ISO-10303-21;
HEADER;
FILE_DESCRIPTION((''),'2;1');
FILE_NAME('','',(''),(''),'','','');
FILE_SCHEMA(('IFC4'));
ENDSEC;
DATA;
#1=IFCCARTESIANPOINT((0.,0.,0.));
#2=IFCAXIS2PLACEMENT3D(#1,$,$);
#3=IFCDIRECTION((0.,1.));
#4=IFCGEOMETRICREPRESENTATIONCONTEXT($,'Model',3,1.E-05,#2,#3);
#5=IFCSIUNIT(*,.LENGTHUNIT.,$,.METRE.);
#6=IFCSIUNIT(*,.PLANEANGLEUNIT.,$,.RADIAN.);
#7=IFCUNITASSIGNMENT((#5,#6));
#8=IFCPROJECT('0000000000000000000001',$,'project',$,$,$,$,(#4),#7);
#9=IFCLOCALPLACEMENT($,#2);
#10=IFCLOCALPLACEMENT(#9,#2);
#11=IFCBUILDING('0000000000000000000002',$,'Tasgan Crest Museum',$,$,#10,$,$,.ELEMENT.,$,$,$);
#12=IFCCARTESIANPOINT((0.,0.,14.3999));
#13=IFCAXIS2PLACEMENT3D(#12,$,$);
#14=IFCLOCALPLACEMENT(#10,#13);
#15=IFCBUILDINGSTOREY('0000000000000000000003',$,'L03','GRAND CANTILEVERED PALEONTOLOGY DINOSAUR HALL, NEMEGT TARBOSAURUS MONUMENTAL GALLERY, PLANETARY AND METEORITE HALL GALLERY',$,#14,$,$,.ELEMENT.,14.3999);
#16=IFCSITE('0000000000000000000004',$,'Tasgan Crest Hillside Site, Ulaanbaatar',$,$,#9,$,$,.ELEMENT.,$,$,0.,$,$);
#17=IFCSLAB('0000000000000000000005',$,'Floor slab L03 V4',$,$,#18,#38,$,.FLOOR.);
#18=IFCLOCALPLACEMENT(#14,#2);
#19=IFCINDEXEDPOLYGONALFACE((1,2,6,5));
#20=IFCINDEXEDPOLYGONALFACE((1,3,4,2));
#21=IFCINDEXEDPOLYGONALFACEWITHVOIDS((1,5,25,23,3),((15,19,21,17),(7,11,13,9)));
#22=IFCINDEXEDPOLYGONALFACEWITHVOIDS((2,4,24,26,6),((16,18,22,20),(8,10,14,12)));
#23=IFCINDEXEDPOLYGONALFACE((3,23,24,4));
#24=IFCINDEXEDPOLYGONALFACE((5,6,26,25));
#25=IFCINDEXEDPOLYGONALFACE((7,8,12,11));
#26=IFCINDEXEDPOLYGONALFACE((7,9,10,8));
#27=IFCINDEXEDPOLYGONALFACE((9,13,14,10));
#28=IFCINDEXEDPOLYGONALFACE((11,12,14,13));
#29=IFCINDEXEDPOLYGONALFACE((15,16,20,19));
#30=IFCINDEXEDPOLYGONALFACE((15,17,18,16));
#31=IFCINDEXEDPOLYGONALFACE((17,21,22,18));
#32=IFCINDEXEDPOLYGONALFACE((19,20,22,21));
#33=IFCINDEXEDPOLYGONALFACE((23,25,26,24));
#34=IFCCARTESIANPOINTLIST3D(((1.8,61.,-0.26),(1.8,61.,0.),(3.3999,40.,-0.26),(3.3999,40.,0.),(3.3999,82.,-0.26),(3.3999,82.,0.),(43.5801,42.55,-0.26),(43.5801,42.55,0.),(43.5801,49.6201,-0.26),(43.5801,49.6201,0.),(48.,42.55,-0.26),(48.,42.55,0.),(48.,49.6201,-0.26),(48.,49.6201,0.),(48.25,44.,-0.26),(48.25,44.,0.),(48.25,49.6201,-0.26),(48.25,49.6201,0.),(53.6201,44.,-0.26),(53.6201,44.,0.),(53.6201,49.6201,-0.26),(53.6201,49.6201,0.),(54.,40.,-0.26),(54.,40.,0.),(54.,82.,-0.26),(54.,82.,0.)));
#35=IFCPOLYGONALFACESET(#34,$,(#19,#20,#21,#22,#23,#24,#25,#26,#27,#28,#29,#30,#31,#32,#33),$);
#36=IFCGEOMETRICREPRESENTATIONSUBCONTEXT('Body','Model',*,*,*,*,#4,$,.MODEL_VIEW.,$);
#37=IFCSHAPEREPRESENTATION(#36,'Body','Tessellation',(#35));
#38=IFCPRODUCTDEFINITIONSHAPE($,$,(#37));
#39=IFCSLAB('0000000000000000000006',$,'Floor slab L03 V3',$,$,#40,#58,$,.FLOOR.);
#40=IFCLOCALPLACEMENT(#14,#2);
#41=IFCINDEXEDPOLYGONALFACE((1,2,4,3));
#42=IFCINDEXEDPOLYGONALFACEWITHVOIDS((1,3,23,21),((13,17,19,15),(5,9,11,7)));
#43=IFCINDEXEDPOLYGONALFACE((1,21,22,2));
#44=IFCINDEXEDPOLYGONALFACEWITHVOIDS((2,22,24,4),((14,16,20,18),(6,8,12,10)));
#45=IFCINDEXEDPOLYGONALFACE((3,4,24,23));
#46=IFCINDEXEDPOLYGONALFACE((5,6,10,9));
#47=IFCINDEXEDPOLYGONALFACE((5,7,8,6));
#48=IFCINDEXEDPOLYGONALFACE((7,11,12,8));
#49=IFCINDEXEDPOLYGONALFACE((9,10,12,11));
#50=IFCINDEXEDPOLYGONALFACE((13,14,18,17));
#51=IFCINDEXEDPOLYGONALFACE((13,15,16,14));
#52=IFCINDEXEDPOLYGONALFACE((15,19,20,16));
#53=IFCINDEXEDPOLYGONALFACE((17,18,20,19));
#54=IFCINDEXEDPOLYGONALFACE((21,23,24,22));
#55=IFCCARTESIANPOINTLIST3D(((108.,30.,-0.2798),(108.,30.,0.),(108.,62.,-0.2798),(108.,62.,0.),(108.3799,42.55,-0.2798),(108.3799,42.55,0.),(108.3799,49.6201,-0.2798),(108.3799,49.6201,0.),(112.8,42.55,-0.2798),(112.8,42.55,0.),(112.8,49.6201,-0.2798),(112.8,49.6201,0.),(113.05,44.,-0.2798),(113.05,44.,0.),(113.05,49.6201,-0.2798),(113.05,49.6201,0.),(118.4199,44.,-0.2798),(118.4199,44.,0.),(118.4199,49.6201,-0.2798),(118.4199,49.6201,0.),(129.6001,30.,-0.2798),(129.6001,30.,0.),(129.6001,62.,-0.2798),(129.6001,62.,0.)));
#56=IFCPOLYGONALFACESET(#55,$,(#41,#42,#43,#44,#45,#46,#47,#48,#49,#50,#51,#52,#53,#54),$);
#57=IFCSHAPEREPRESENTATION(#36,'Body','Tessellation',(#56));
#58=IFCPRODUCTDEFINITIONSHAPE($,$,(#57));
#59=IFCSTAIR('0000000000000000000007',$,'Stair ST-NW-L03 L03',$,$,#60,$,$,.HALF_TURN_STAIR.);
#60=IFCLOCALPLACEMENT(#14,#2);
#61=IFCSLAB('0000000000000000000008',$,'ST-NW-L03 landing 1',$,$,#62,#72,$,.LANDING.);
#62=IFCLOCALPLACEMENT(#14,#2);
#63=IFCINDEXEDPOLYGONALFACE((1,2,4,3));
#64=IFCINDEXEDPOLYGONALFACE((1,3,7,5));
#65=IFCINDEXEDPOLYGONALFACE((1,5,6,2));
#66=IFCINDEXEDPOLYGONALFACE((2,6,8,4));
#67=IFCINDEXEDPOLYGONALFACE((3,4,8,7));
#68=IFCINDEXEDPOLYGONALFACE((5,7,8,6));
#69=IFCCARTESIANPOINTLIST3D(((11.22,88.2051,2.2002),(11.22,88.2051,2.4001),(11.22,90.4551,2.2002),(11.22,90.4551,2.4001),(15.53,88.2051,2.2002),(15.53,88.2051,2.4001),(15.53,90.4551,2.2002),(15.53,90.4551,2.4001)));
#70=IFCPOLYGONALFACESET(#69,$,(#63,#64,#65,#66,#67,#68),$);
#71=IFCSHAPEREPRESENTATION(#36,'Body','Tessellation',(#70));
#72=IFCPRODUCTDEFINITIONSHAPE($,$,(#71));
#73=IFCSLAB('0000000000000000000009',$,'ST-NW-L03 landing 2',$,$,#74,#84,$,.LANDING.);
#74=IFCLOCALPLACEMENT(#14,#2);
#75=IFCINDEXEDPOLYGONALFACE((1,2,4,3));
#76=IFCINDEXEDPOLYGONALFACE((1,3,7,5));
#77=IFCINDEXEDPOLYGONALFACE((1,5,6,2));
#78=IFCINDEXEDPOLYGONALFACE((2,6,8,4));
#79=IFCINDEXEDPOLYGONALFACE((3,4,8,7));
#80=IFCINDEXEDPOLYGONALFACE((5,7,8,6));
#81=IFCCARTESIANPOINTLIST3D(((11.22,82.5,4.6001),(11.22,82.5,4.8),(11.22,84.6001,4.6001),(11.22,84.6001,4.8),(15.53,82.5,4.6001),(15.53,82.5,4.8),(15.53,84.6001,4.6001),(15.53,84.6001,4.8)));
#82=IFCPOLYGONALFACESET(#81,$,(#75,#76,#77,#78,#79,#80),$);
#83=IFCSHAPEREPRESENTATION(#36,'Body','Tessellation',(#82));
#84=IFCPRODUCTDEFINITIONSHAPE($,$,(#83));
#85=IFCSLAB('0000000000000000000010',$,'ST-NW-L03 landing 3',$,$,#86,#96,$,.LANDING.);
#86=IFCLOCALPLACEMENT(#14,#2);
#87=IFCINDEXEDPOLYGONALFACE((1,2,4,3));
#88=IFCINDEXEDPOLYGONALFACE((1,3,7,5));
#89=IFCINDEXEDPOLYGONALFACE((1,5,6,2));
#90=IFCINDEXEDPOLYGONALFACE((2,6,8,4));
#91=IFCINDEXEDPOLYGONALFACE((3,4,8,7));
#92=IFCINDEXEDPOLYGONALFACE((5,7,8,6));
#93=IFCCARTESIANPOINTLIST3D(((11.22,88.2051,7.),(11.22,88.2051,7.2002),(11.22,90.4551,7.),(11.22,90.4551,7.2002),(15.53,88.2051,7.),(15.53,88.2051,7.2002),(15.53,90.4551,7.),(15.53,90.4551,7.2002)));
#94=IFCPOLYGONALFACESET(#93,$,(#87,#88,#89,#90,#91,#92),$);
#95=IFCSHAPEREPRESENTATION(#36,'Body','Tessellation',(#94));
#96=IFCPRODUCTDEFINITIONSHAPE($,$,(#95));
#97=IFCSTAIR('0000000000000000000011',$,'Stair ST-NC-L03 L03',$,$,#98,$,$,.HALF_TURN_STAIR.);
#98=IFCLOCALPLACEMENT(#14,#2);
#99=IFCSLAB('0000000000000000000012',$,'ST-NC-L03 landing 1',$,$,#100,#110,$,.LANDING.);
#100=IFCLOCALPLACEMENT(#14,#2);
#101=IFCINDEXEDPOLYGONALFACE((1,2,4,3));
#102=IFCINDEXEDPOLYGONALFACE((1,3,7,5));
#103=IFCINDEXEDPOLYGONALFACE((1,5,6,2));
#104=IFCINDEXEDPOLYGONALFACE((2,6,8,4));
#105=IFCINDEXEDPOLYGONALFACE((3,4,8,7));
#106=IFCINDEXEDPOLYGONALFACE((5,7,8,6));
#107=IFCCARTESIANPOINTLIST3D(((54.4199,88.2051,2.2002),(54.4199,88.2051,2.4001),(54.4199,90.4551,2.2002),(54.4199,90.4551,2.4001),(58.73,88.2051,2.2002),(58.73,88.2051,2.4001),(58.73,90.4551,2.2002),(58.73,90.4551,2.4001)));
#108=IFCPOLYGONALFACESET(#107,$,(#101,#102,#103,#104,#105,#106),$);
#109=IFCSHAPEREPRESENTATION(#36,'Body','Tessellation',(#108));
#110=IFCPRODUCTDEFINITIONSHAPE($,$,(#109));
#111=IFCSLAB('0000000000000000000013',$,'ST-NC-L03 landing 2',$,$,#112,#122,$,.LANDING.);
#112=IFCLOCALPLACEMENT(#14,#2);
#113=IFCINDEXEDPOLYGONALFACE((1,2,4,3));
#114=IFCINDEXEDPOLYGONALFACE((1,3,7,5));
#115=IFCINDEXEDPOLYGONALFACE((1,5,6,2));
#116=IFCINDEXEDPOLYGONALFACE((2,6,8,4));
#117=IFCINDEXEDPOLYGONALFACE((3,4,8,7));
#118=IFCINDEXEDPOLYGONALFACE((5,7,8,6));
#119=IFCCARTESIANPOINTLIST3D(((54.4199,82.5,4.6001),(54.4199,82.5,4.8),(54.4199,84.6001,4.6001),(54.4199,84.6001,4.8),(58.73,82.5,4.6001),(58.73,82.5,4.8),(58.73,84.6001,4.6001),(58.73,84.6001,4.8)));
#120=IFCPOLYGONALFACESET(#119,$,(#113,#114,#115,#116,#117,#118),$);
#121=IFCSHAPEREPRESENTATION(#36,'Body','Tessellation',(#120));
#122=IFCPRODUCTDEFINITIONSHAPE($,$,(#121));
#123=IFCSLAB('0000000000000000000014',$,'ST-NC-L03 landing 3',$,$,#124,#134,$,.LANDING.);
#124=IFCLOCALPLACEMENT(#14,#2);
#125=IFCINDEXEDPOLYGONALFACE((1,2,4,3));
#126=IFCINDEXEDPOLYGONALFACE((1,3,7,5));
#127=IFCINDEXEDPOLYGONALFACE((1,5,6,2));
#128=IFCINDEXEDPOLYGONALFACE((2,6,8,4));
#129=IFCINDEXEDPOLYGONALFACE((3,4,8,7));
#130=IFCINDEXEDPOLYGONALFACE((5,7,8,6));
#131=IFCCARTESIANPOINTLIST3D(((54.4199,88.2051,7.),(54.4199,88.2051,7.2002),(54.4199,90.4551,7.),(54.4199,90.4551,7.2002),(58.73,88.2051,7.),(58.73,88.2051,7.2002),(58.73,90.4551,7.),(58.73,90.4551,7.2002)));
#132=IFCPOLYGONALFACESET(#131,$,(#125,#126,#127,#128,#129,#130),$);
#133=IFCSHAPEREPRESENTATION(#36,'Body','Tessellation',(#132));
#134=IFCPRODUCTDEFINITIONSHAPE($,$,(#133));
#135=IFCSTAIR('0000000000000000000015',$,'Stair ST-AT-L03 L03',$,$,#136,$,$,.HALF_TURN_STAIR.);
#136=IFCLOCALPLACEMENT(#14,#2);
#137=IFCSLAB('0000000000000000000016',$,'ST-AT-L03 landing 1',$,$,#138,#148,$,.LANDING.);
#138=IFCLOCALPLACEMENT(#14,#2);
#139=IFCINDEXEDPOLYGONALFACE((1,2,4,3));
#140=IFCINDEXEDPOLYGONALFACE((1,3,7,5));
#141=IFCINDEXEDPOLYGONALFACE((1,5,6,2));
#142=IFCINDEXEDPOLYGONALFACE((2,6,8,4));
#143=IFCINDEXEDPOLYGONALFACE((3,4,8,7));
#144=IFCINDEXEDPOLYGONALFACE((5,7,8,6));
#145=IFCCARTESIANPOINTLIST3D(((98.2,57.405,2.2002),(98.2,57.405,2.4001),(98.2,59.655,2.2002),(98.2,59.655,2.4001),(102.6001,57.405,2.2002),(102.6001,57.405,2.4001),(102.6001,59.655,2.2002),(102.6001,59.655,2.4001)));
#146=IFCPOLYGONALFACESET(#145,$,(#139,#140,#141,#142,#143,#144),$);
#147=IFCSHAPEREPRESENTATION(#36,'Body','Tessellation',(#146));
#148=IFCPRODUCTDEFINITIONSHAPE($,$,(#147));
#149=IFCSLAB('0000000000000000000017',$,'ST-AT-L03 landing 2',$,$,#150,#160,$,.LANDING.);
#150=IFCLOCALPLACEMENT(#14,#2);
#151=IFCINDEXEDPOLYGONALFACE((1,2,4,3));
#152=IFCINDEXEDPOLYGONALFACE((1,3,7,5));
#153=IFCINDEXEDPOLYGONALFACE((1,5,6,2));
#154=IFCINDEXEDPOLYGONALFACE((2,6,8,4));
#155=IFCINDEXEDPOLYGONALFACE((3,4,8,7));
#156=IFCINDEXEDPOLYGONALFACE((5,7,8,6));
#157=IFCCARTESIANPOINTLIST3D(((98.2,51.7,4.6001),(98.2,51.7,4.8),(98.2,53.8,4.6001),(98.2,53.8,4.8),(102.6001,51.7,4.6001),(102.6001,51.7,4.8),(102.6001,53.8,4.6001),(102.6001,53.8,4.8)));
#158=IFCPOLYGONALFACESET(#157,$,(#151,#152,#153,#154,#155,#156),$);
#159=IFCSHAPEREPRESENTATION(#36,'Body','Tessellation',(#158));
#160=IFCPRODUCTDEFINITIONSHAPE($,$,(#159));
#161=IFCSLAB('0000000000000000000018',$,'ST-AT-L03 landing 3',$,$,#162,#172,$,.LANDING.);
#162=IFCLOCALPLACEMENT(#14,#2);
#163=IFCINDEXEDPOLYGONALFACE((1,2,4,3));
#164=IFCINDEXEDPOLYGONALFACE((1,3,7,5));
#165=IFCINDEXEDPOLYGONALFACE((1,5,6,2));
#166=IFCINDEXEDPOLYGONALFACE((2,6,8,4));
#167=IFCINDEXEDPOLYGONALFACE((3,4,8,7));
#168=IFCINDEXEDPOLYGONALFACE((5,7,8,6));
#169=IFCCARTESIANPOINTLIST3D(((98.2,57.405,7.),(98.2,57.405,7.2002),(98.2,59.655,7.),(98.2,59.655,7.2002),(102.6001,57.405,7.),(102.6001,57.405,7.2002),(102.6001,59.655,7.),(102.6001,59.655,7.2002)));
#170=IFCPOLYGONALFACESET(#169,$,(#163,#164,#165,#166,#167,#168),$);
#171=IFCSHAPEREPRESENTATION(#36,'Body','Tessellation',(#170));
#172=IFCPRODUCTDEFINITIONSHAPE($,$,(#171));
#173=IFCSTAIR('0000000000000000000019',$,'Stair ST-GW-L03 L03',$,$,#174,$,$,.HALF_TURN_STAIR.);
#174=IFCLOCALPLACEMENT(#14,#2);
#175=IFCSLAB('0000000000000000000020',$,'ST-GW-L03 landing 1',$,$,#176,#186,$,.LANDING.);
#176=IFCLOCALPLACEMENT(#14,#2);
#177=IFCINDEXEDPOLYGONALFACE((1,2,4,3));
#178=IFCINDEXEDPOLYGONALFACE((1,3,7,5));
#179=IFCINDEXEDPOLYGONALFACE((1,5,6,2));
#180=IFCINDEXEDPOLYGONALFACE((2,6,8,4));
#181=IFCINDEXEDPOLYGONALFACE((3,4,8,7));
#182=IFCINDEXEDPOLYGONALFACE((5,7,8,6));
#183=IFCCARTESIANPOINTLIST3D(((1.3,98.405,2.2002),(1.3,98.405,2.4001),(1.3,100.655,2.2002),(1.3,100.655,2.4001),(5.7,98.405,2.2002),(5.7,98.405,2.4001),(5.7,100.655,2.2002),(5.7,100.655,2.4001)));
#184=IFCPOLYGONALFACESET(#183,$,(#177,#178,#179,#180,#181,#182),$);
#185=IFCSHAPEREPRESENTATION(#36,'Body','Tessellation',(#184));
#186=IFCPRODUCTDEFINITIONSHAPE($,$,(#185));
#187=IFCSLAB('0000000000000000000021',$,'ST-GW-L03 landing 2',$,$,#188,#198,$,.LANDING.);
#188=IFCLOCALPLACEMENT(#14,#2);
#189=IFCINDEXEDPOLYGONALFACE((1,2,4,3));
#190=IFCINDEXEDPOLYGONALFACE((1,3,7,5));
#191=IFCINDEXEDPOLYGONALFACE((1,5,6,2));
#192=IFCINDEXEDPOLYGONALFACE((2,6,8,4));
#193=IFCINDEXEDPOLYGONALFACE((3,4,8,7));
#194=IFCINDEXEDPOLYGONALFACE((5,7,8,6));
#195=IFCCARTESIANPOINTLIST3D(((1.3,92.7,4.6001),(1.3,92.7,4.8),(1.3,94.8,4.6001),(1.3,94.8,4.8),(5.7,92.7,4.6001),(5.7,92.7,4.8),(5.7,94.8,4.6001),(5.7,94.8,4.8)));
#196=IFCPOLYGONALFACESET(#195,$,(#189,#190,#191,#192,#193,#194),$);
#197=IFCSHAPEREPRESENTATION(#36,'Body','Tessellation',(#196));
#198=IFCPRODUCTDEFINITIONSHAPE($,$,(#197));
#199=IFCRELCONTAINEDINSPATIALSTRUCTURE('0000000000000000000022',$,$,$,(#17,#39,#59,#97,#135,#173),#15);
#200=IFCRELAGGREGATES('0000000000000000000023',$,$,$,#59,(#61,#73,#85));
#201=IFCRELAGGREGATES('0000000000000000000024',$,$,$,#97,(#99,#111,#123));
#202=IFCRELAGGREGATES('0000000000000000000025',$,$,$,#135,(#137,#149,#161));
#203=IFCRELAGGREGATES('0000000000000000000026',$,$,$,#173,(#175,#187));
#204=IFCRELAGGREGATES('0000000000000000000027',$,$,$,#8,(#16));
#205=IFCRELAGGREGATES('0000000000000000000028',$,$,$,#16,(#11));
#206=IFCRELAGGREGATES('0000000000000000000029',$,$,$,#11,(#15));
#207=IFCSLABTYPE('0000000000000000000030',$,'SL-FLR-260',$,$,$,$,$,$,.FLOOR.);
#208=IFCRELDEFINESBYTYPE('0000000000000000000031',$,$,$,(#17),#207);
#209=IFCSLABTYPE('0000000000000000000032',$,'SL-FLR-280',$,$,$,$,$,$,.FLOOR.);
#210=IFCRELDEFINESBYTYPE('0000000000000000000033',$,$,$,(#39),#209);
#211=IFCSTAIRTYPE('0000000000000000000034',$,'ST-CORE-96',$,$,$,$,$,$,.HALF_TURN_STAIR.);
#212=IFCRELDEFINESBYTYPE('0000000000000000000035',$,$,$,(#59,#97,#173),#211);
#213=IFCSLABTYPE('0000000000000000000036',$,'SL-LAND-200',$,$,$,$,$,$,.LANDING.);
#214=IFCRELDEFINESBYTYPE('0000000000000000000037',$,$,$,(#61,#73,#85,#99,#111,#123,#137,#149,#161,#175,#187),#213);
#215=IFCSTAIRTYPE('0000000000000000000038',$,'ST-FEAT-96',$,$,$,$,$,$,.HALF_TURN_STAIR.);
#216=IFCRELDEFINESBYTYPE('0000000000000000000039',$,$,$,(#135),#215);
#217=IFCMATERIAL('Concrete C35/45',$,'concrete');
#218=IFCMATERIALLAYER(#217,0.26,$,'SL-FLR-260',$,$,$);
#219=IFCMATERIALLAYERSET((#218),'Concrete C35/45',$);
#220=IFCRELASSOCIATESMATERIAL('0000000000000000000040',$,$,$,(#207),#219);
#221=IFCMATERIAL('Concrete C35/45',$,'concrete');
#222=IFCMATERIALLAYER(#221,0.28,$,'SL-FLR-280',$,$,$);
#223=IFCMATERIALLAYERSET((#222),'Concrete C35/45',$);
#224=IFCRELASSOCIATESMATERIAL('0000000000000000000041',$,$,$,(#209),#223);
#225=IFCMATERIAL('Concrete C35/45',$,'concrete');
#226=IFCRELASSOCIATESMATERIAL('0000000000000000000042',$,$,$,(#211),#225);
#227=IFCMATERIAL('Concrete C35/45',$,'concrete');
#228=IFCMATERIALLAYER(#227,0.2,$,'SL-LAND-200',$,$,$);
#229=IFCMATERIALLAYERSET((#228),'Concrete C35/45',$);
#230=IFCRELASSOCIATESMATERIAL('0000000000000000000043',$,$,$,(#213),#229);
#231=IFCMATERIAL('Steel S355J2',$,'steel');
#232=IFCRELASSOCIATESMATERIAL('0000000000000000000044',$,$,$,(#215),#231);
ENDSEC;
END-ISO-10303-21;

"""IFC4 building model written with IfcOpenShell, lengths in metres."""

from ifc_helpers import new_model, si_unit, direction, frame, origin, place, context, subcontext, project, spatial, polyline, outline, extrude, material, layer, layer_set, type_object, element, aggregate, save


model = new_model("IFC4")

# Units and contexts
model_context = context("Model", 3, precision=1e-05, world=origin(), true_north=direction((0.0, 1.0)))
body_context = subcontext(model_context, "Body", "Model", "MODEL_VIEW")
ifc_project = project(units=[si_unit("LENGTHUNIT", "METRE"), si_unit("PLANEANGLEUNIT", "RADIAN")], contexts=[model_context])

# Site, building, storey
site_placement = place(None, origin())
site = spatial("IfcSite", under=ifc_project, at=site_placement, Name="Tasgan Crest Hillside Site, Ulaanbaatar", CompositionType="ELEMENT", RefElevation=0.0)
building_placement = place(site_placement, origin())
building = spatial("IfcBuilding", under=site, at=building_placement, Name="Tasgan Crest Museum", CompositionType="ELEMENT")
storey_placement = place(building_placement, frame((0.0, 0.0, 14.3999)))
storey = spatial("IfcBuildingStorey", under=building, at=storey_placement, Name="L03", Description="GRAND CANTILEVERED PALEONTOLOGY DINOSAUR HALL, NEMEGT TARBOSAURUS MONUMENTAL GALLERY, PLANETARY AND METEORITE HALL GALLERY", CompositionType="ELEMENT", Elevation=14.3999)

# Slabs
ifc_material_1 = material(Name="Concrete C35/45", Category="concrete")
ifc_layer_1 = layer(ifc_material_1, 0.26, Name="SL-FLR-260")
ifc_layer_set_1 = layer_set([ifc_layer_1], Name="Concrete C35/45")
slab_type_1 = type_object("IfcSlabType", Name="SL-FLR-260", PredefinedType="FLOOR", material=ifc_layer_set_1)
slab_1_placement = place(storey_placement, frame((0.0, 0.0, -0.26)))
element("IfcSlab", 1, at=slab_1_placement, inside=storey, type_object=slab_type_1, Name="Floor slab L03 V4", PredefinedType="FLOOR", context=body_context, shape_type="SweptSolid", body=[
    extrude(outline(polyline([(3.3999, 40.0), (54.0, 40.0), (54.0, 82.0), (3.3999, 82.0), (1.8, 61.0), (3.3999, 40.0)]), holes=[polyline([(43.5801, 42.55), (48.0, 42.55), (48.0, 49.6201), (43.5801, 49.6201), (43.5801, 42.55)]), polyline([(48.25, 44.0), (53.6201, 44.0), (53.6201, 49.6201), (48.25, 49.6201), (48.25, 44.0)])]), origin(), (0.0, 0.0, 1.0), 0.26),
])
ifc_material_2 = material(Name="Concrete C35/45", Category="concrete")
ifc_layer_2 = layer(ifc_material_2, 0.28, Name="SL-FLR-280")
ifc_layer_set_2 = layer_set([ifc_layer_2], Name="Concrete C35/45")
slab_type_2 = type_object("IfcSlabType", Name="SL-FLR-280", PredefinedType="FLOOR", material=ifc_layer_set_2)
slab_2_placement = place(storey_placement, frame((0.0, 0.0, -0.2798)))
element("IfcSlab", 2, at=slab_2_placement, inside=storey, type_object=slab_type_2, Name="Floor slab L03 V3", PredefinedType="FLOOR", context=body_context, shape_type="SweptSolid", body=[
    extrude(outline(polyline([(108.0, 30.0), (129.6001, 30.0), (129.6001, 62.0), (108.0, 62.0), (108.0, 30.0)]), holes=[polyline([(108.3799, 42.55), (112.8, 42.55), (112.8, 49.6201), (108.3799, 49.6201), (108.3799, 42.55)]), polyline([(113.05, 44.0), (118.4199, 44.0), (118.4199, 49.6201), (113.05, 49.6201), (113.05, 44.0)])]), origin(), (0.0, 0.0, 1.0), 0.2798),
])

# Stairs, slabs
ifc_material_3 = material(Name="Concrete C35/45", Category="concrete")
stair_type_1 = type_object("IfcStairType", Name="ST-CORE-96", PredefinedType="HALF_TURN_STAIR", material=ifc_material_3)
stair_1_placement = place(storey_placement, origin())
stair_1 = element("IfcStair", 3, at=stair_1_placement, inside=storey, type_object=stair_type_1, Name="Stair ST-NW-L03 L03", PredefinedType="HALF_TURN_STAIR")
ifc_material_4 = material(Name="Concrete C35/45", Category="concrete")
ifc_layer_3 = layer(ifc_material_4, 0.2, Name="SL-LAND-200")
ifc_layer_set_3 = layer_set([ifc_layer_3], Name="Concrete C35/45")
slab_type_3 = type_object("IfcSlabType", Name="SL-LAND-200", PredefinedType="LANDING", material=ifc_layer_set_3)
slab_3_placement = place(storey_placement, frame((0.0, 0.0, 2.2002)))
slab_3 = element("IfcSlab", 4, at=slab_3_placement, type_object=slab_type_3, Name="ST-NW-L03 landing 1", PredefinedType="LANDING", context=body_context, shape_type="SweptSolid", body=[
    extrude(outline(polyline([(11.22, 88.2051), (15.53, 88.2051), (15.53, 90.4551), (11.22, 90.4551), (11.22, 88.2051)])), origin(), (0.0, 0.0, 1.0), 0.2),
])
slab_4_placement = place(storey_placement, frame((0.0, 0.0, 4.6001)))
slab_4 = element("IfcSlab", 5, at=slab_4_placement, type_object=slab_type_3, Name="ST-NW-L03 landing 2", PredefinedType="LANDING", context=body_context, shape_type="SweptSolid", body=[
    extrude(outline(polyline([(11.22, 82.5), (15.53, 82.5), (15.53, 84.6001), (11.22, 84.6001), (11.22, 82.5)])), origin(), (0.0, 0.0, 1.0), 0.2),
])
slab_5_placement = place(storey_placement, frame((0.0, 0.0, 7.0)))
slab_5 = element("IfcSlab", 6, at=slab_5_placement, type_object=slab_type_3, Name="ST-NW-L03 landing 3", PredefinedType="LANDING", context=body_context, shape_type="SweptSolid", body=[
    extrude(outline(polyline([(11.22, 88.2051), (15.53, 88.2051), (15.53, 90.4551), (11.22, 90.4551), (11.22, 88.2051)])), origin(), (0.0, 0.0, 1.0), 0.2002),
])
aggregate(stair_1, [slab_3, slab_4, slab_5])
stair_2_placement = place(storey_placement, origin())
stair_2 = element("IfcStair", 7, at=stair_2_placement, inside=storey, type_object=stair_type_1, Name="Stair ST-NC-L03 L03", PredefinedType="HALF_TURN_STAIR")
slab_6_placement = place(storey_placement, frame((0.0, 0.0, 2.2002)))
slab_6 = element("IfcSlab", 8, at=slab_6_placement, type_object=slab_type_3, Name="ST-NC-L03 landing 1", PredefinedType="LANDING", context=body_context, shape_type="SweptSolid", body=[
    extrude(outline(polyline([(54.4199, 88.2051), (58.73, 88.2051), (58.73, 90.4551), (54.4199, 90.4551), (54.4199, 88.2051)])), origin(), (0.0, 0.0, 1.0), 0.2),
])
slab_7_placement = place(storey_placement, frame((0.0, 0.0, 4.6001)))
slab_7 = element("IfcSlab", 9, at=slab_7_placement, type_object=slab_type_3, Name="ST-NC-L03 landing 2", PredefinedType="LANDING", context=body_context, shape_type="SweptSolid", body=[
    extrude(outline(polyline([(54.4199, 82.5), (58.73, 82.5), (58.73, 84.6001), (54.4199, 84.6001), (54.4199, 82.5)])), origin(), (0.0, 0.0, 1.0), 0.2),
])
slab_8_placement = place(storey_placement, frame((0.0, 0.0, 7.0)))
slab_8 = element("IfcSlab", 10, at=slab_8_placement, type_object=slab_type_3, Name="ST-NC-L03 landing 3", PredefinedType="LANDING", context=body_context, shape_type="SweptSolid", body=[
    extrude(outline(polyline([(54.4199, 88.2051), (58.73, 88.2051), (58.73, 90.4551), (54.4199, 90.4551), (54.4199, 88.2051)])), origin(), (0.0, 0.0, 1.0), 0.2002),
])
aggregate(stair_2, [slab_6, slab_7, slab_8])
ifc_material_5 = material(Name="Steel S355J2", Category="steel")
stair_type_2 = type_object("IfcStairType", Name="ST-FEAT-96", PredefinedType="HALF_TURN_STAIR", material=ifc_material_5)
stair_3_placement = place(storey_placement, origin())
stair_3 = element("IfcStair", 11, at=stair_3_placement, inside=storey, type_object=stair_type_2, Name="Stair ST-AT-L03 L03", PredefinedType="HALF_TURN_STAIR")
slab_9_placement = place(storey_placement, frame((0.0, 0.0, 2.2002)))
slab_9 = element("IfcSlab", 12, at=slab_9_placement, type_object=slab_type_3, Name="ST-AT-L03 landing 1", PredefinedType="LANDING", context=body_context, shape_type="SweptSolid", body=[
    extrude(outline(polyline([(98.2, 57.405), (102.6001, 57.405), (102.6001, 59.655), (98.2, 59.655), (98.2, 57.405)])), origin(), (0.0, 0.0, 1.0), 0.2),
])
slab_10_placement = place(storey_placement, frame((0.0, 0.0, 4.6001)))
slab_10 = element("IfcSlab", 13, at=slab_10_placement, type_object=slab_type_3, Name="ST-AT-L03 landing 2", PredefinedType="LANDING", context=body_context, shape_type="SweptSolid", body=[
    extrude(outline(polyline([(98.2, 51.7), (102.6001, 51.7), (102.6001, 53.8), (98.2, 53.8), (98.2, 51.7)])), origin(), (0.0, 0.0, 1.0), 0.2),
])
slab_11_placement = place(storey_placement, frame((0.0, 0.0, 7.0)))
slab_11 = element("IfcSlab", 14, at=slab_11_placement, type_object=slab_type_3, Name="ST-AT-L03 landing 3", PredefinedType="LANDING", context=body_context, shape_type="SweptSolid", body=[
    extrude(outline(polyline([(98.2, 57.405), (102.6001, 57.405), (102.6001, 59.655), (98.2, 59.655), (98.2, 57.405)])), origin(), (0.0, 0.0, 1.0), 0.2002),
])
aggregate(stair_3, [slab_9, slab_10, slab_11])
stair_4_placement = place(storey_placement, origin())
stair_4 = element("IfcStair", 15, at=stair_4_placement, inside=storey, type_object=stair_type_1, Name="Stair ST-GW-L03 L03", PredefinedType="HALF_TURN_STAIR")
slab_12_placement = place(storey_placement, frame((0.0, 0.0, 2.2002)))
slab_12 = element("IfcSlab", 16, at=slab_12_placement, type_object=slab_type_3, Name="ST-GW-L03 landing 1", PredefinedType="LANDING", context=body_context, shape_type="SweptSolid", body=[
    extrude(outline(polyline([(1.3, 98.405), (5.7, 98.405), (5.7, 100.655), (1.3, 100.655), (1.3, 98.405)])), origin(), (0.0, 0.0, 1.0), 0.2),
])
slab_13_placement = place(storey_placement, frame((0.0, 0.0, 4.6001)))
slab_13 = element("IfcSlab", 17, at=slab_13_placement, type_object=slab_type_3, Name="ST-GW-L03 landing 2", PredefinedType="LANDING", context=body_context, shape_type="SweptSolid", body=[
    extrude(outline(polyline([(1.3, 92.7), (5.7, 92.7), (5.7, 94.8), (1.3, 94.8), (1.3, 92.7)])), origin(), (0.0, 0.0, 1.0), 0.2),
])
aggregate(stair_4, [slab_12, slab_13])

save(model, "model.ifc")
